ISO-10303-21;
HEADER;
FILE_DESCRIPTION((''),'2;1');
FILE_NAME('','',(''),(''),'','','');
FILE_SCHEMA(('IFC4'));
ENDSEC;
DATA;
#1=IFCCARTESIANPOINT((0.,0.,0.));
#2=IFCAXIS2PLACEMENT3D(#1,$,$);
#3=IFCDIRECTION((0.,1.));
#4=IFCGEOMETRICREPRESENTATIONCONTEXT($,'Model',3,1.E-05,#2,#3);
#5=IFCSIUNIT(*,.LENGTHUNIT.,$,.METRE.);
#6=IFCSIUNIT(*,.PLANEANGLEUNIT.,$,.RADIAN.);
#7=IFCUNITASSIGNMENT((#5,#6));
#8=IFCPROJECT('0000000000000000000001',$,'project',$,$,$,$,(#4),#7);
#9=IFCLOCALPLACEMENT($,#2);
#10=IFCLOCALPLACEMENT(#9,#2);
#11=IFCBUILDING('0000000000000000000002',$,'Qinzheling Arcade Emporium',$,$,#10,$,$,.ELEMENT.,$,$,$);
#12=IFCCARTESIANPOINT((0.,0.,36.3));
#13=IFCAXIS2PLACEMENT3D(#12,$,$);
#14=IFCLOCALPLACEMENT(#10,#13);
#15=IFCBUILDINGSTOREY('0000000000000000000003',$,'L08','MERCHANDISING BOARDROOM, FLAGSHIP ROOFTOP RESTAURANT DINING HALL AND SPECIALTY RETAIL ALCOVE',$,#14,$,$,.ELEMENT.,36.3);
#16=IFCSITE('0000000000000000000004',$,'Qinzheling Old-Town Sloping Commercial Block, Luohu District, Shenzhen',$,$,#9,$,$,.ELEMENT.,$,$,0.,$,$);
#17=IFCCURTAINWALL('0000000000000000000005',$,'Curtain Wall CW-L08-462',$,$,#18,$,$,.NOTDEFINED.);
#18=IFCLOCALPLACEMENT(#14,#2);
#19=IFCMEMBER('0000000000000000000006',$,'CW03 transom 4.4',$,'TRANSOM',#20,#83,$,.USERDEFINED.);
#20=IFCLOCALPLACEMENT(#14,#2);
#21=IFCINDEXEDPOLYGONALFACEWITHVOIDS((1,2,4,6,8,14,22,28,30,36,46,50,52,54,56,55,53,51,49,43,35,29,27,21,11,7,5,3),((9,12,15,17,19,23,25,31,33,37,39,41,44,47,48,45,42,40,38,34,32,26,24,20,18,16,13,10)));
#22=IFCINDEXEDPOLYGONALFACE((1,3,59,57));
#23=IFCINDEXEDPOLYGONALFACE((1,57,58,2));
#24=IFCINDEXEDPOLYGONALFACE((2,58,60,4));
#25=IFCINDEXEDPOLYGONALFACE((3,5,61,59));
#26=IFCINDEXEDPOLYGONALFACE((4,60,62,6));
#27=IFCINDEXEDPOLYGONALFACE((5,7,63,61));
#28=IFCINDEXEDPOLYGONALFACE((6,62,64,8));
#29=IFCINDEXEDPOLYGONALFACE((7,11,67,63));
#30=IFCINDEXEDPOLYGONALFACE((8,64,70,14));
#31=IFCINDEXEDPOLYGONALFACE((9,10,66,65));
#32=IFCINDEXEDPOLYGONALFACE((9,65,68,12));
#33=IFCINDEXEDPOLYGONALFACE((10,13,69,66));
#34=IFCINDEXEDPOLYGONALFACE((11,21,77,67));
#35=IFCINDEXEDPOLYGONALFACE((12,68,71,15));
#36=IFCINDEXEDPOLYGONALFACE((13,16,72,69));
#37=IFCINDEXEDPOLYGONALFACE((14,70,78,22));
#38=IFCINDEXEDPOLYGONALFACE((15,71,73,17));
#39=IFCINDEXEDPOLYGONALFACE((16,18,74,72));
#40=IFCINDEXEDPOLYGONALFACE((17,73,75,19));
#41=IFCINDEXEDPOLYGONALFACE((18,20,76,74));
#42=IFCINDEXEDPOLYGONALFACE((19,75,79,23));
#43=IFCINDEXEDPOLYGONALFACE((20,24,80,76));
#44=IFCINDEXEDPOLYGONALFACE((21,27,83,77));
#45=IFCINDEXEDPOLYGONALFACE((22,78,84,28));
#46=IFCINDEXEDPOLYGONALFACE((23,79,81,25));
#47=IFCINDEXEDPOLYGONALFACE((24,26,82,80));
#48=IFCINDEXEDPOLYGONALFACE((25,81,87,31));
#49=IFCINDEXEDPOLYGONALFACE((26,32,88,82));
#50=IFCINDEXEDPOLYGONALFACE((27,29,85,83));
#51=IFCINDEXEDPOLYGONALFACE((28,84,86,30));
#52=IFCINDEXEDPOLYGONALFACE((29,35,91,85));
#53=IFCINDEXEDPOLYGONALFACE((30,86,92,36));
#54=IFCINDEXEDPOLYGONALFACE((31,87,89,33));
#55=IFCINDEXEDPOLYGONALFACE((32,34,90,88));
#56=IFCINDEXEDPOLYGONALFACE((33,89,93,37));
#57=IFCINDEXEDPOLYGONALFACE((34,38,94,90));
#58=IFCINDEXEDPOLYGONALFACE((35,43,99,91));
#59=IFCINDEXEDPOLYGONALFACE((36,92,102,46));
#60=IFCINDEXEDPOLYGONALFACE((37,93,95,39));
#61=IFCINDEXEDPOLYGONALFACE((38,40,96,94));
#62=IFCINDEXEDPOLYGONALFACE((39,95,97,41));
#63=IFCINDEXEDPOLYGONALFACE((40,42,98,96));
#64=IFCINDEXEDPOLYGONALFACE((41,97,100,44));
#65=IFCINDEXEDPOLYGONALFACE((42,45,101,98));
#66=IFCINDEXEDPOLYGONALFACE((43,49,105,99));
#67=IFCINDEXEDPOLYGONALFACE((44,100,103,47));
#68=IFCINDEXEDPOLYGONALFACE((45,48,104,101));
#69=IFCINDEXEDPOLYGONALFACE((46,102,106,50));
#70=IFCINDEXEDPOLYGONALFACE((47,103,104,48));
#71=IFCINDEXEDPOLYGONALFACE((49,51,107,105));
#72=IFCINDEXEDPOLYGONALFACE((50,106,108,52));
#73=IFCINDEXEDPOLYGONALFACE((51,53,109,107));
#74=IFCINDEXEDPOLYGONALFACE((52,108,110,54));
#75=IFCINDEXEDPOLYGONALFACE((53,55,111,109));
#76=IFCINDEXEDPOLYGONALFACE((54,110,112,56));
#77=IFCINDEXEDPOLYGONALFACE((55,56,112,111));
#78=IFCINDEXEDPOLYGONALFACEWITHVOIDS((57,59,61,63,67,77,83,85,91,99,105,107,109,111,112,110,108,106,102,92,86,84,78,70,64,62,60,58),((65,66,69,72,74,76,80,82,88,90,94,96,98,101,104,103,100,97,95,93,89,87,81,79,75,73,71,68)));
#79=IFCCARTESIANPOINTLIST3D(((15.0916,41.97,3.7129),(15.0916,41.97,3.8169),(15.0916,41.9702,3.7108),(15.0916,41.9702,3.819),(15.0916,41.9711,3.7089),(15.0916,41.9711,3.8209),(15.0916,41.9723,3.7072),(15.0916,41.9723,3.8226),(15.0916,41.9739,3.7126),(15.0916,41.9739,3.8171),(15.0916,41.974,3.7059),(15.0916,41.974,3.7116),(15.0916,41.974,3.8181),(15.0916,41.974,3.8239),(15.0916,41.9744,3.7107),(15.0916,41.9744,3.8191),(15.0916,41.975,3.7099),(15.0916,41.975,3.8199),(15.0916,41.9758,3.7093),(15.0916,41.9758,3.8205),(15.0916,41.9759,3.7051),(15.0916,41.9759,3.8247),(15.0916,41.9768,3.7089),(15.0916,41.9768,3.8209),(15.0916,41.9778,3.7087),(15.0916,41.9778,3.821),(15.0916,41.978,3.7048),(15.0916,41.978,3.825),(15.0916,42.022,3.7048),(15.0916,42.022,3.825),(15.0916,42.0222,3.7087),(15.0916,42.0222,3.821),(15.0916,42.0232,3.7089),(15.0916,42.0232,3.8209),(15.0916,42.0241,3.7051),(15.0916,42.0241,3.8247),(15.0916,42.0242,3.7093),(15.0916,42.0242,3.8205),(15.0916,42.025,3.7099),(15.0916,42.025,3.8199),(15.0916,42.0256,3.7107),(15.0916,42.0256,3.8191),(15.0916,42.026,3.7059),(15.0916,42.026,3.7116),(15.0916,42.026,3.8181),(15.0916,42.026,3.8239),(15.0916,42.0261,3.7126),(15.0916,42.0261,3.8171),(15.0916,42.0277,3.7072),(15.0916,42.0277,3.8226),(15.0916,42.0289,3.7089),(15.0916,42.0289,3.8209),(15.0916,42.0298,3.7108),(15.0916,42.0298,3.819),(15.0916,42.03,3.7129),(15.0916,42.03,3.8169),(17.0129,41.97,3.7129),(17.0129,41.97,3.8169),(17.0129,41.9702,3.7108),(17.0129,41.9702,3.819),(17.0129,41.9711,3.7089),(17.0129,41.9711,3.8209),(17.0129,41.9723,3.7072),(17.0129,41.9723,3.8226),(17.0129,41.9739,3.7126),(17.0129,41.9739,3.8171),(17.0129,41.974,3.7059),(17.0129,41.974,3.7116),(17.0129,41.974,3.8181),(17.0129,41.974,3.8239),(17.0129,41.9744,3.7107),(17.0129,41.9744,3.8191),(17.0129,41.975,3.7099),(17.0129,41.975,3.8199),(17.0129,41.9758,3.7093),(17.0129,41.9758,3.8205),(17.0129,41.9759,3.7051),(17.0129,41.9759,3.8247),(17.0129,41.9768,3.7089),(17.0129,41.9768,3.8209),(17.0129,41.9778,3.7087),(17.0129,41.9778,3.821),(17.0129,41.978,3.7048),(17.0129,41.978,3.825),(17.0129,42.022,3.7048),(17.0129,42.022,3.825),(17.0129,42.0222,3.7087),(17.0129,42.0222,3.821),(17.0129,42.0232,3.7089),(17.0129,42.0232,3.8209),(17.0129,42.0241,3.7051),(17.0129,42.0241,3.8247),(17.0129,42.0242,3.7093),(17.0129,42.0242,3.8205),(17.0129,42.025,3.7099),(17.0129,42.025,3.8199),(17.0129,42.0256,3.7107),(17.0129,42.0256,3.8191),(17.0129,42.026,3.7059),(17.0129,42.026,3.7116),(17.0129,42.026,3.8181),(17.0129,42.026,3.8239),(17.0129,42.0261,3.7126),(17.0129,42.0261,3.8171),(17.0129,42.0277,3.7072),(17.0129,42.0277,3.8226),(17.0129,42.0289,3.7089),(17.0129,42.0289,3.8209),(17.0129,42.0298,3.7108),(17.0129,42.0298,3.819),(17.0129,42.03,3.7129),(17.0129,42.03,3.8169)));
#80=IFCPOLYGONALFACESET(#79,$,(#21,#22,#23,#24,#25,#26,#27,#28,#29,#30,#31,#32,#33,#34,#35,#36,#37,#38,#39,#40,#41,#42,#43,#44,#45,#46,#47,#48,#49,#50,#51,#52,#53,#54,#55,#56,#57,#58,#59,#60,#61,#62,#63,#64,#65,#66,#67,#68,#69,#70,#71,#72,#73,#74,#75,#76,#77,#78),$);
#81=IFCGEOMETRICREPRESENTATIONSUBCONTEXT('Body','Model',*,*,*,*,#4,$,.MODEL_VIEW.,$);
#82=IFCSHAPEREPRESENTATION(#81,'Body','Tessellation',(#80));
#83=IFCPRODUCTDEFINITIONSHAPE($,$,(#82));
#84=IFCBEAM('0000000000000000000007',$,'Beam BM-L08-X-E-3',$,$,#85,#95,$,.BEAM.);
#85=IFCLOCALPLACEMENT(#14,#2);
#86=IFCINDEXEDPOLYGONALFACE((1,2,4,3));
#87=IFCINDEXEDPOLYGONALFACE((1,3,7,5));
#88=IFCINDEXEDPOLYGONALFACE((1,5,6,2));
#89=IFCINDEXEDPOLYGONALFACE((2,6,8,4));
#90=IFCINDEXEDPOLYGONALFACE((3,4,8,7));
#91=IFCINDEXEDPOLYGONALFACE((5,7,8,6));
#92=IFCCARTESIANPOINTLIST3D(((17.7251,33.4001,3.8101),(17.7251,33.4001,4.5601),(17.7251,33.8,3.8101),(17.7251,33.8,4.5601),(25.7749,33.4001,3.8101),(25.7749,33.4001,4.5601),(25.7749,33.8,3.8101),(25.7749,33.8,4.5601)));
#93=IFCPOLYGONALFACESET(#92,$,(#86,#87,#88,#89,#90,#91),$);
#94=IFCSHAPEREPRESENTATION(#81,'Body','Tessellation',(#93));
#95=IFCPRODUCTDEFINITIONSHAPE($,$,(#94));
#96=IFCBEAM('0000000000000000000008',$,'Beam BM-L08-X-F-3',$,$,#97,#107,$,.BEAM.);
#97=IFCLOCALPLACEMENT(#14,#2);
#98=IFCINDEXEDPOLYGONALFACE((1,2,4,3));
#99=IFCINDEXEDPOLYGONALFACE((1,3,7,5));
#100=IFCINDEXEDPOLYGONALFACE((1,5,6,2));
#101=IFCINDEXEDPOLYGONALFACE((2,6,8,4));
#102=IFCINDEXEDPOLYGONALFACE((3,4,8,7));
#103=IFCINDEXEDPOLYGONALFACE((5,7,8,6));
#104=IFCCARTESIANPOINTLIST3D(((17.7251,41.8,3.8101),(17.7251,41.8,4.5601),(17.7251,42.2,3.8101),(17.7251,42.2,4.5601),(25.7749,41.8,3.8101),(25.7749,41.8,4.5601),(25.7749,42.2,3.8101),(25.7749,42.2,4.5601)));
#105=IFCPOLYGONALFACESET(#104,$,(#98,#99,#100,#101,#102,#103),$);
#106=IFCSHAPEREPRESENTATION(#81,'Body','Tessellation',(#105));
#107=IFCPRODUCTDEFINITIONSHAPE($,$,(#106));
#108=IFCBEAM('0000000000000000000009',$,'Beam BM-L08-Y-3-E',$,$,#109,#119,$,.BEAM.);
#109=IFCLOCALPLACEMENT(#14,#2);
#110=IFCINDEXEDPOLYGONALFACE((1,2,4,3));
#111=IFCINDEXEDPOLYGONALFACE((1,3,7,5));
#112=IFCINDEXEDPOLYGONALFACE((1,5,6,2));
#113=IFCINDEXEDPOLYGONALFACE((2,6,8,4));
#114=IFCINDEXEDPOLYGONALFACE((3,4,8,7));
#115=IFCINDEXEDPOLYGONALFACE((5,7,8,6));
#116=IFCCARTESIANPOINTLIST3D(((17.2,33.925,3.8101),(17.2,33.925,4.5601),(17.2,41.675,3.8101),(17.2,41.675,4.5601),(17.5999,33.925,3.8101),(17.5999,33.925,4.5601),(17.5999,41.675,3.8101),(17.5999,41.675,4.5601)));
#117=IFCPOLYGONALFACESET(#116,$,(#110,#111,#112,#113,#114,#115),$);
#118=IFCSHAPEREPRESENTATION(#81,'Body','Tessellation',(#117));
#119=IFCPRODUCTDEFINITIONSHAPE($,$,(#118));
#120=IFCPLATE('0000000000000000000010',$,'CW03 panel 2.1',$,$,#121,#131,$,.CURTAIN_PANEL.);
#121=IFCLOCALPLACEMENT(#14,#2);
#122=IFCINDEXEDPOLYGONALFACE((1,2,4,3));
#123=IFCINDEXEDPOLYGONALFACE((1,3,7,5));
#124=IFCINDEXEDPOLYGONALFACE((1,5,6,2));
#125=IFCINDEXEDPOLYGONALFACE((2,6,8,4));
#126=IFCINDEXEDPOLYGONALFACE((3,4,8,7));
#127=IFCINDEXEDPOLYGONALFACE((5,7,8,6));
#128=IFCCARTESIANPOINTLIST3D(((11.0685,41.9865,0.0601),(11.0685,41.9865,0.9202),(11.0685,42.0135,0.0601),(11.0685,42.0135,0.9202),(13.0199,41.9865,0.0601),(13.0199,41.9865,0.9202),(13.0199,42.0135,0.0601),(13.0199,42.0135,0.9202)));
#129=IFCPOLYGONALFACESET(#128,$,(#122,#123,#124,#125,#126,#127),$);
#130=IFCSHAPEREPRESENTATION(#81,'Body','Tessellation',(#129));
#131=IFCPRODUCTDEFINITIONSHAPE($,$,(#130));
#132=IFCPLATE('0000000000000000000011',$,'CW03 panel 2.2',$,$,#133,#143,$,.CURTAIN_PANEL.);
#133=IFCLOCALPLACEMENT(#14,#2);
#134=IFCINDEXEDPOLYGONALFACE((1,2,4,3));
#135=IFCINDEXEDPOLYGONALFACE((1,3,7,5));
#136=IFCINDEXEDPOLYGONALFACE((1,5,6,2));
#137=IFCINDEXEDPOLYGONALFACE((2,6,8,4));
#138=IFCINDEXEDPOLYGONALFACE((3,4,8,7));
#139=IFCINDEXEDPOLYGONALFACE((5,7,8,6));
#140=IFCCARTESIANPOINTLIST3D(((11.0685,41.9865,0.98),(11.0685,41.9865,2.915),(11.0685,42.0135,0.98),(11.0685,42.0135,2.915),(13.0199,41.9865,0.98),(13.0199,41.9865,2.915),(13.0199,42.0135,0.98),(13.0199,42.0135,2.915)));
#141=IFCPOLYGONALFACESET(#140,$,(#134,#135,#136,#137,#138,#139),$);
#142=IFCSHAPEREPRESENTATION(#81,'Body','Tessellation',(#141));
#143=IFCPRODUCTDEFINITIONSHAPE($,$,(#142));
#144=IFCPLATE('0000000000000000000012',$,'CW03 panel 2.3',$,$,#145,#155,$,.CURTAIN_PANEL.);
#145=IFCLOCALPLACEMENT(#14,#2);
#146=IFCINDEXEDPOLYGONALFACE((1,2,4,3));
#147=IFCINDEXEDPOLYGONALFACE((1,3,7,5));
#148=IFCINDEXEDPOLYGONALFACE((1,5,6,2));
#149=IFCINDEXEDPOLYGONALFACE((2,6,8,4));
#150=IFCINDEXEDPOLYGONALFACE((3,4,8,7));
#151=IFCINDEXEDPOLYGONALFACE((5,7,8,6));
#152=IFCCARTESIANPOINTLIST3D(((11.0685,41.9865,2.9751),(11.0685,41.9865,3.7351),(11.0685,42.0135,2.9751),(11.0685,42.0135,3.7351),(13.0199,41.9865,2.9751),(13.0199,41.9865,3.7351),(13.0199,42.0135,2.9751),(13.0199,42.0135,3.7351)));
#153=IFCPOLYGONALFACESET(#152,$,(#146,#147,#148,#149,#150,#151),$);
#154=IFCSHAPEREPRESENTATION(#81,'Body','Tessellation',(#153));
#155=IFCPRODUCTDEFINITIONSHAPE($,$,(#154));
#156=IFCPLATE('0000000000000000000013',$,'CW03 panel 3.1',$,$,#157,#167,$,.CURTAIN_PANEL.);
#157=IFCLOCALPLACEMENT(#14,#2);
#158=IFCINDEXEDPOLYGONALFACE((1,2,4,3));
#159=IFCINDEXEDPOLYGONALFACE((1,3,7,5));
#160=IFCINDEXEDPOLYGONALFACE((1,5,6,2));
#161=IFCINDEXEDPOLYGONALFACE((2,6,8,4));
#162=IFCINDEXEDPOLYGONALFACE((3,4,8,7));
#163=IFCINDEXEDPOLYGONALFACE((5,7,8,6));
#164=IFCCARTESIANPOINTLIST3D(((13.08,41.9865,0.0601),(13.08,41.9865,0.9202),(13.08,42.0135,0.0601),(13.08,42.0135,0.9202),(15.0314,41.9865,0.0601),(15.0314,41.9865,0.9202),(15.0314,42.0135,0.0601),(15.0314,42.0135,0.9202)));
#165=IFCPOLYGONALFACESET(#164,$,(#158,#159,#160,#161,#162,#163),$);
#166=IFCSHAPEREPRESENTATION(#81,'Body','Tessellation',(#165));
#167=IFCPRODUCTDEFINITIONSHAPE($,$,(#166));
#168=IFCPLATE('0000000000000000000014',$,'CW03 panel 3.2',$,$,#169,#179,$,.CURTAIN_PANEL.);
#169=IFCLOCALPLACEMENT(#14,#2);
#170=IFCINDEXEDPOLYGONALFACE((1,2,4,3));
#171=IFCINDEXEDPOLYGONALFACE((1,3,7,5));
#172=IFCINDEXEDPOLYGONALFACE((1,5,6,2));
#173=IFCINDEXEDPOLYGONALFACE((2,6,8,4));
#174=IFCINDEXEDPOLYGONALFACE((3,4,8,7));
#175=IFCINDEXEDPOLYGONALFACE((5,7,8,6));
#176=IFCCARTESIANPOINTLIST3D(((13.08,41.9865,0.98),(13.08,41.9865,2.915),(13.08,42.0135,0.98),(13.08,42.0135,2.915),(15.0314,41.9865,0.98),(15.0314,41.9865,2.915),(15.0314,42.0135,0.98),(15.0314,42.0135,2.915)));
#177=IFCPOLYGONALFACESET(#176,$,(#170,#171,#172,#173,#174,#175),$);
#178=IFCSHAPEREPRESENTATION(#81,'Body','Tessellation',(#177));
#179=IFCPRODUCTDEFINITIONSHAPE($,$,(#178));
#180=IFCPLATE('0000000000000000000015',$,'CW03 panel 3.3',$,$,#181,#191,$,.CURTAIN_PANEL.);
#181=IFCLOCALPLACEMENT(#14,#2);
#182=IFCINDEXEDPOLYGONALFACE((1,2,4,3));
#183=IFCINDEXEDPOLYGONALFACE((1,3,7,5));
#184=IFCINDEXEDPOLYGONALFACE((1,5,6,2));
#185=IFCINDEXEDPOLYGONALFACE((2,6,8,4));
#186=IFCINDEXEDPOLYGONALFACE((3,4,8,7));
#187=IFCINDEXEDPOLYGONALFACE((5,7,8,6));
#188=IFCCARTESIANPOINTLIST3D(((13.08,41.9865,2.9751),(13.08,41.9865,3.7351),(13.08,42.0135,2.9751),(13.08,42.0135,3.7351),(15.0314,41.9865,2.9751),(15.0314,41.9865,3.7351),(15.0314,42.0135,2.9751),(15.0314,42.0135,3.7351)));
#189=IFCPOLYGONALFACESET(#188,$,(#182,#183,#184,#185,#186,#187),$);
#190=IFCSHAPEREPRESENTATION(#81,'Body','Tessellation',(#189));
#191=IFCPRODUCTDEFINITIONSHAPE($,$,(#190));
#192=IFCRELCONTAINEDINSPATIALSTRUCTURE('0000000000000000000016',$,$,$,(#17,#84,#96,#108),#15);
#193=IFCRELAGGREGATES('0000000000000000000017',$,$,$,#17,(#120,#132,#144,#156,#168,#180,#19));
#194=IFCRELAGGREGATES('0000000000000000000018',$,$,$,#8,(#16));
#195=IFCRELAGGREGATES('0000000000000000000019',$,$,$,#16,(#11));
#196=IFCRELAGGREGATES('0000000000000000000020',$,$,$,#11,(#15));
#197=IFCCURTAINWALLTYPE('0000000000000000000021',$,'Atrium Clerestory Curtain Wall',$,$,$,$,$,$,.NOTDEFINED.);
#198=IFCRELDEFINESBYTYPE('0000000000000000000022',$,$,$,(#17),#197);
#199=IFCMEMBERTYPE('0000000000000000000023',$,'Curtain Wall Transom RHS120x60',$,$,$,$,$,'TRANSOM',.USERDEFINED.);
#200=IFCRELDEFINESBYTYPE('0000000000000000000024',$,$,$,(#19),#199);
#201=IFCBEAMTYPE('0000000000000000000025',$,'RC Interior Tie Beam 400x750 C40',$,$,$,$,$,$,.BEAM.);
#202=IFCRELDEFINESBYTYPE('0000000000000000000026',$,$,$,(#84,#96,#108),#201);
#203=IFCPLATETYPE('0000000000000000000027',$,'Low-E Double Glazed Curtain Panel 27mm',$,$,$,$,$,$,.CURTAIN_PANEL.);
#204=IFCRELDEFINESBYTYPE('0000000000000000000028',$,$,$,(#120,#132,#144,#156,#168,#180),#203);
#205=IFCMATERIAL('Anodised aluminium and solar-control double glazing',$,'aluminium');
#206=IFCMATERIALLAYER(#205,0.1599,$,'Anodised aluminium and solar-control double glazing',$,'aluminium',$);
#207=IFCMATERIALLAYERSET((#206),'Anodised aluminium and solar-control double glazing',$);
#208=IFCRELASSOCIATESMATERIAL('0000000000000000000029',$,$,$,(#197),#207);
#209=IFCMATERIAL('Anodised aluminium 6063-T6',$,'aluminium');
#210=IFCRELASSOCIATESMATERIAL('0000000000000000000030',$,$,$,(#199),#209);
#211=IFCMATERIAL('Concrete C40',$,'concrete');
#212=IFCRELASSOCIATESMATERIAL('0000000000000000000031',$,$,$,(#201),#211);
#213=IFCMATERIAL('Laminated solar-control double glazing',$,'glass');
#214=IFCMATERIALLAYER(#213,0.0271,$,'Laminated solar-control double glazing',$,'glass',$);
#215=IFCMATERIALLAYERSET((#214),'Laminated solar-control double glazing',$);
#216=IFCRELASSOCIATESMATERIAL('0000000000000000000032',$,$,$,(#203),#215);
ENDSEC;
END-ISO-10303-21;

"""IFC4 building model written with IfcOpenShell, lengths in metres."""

from ifc_helpers import new_model, si_unit, direction, frame, origin, origin_2d, place, context, subcontext, project, spatial, rectangle, hollow_rectangle, extrude, material, layer, layer_set, material_profile, profile_set, type_object, element, aggregate, save


model = new_model("IFC4")

# Units and contexts
model_context = context("Model", 3, precision=1e-05, world=origin(), true_north=direction((0.0, 1.0)))
body_context = subcontext(model_context, "Body", "Model", "MODEL_VIEW")
ifc_project = project(units=[si_unit("LENGTHUNIT", "METRE"), si_unit("PLANEANGLEUNIT", "RADIAN")], contexts=[model_context])

# Site, building, storey
site_placement = place(None, origin())
site = spatial("IfcSite", under=ifc_project, at=site_placement, Name="Qinzheling Old-Town Sloping Commercial Block, Luohu District, Shenzhen", CompositionType="ELEMENT", RefElevation=0.0)
building_placement = place(site_placement, origin())
building = spatial("IfcBuilding", under=site, at=building_placement, Name="Qinzheling Arcade Emporium", CompositionType="ELEMENT")
storey_placement = place(building_placement, frame((0.0, 0.0, 36.3)))
storey = spatial("IfcBuildingStorey", under=building, at=storey_placement, Name="L08", Description="MERCHANDISING BOARDROOM, FLAGSHIP ROOFTOP RESTAURANT DINING HALL AND SPECIALTY RETAIL ALCOVE", CompositionType="ELEMENT", Elevation=36.3)

# Shared definitions
ifc_material_1 = material(Name="Concrete C40", Category="concrete")

# Curtain wall, member
ifc_material_2 = material(Name="Anodised aluminium and solar-control double glazing", Category="aluminium")
ifc_layer_1 = layer(ifc_material_2, 0.1599, Name="Anodised aluminium and solar-control double glazing", Category="aluminium")
ifc_layer_set_1 = layer_set([ifc_layer_1], Name="Anodised aluminium and solar-control double glazing")
curtain_wall_type = type_object("IfcCurtainWallType", Name="Atrium Clerestory Curtain Wall", PredefinedType="NOTDEFINED", material=ifc_layer_set_1)
curtain_wall_placement = place(storey_placement, origin())
curtain_wall = element("IfcCurtainWall", 1, at=curtain_wall_placement, inside=storey, type_object=curtain_wall_type, Name="Curtain Wall CW-L08-462", PredefinedType="NOTDEFINED")
ifc_material_3 = material(Name="Anodised aluminium 6063-T6", Category="aluminium")
ifc_material_profile_1 = material_profile(ifc_material_3, hollow_rectangle(XDim=0.0601, YDim=0.1201, WallThickness=0.0039, InnerFilletRadius=0.0039, OuterFilletRadius=0.0081, at=origin_2d()), Name="RHS 120x60x4", Category="aluminium")
ifc_profile_set_1 = profile_set([ifc_material_profile_1], Name="Anodised aluminium 6063-T6")
member_type_1 = type_object("IfcMemberType", Name="Curtain Wall Transom RHS120x60", ElementType="TRANSOM", PredefinedType="USERDEFINED", material=ifc_profile_set_1)
member_1_placement = place(storey_placement, frame((15.0916, 42.0, 3.7649), z_axis=(1.0, 0.0, 0.0), x_axis=(0.0, 1.0, 0.0)))
member_1 = element("IfcMember", 2, at=member_1_placement, type_object=member_type_1, Name="CW03 transom 4.4", ObjectType="TRANSOM", PredefinedType="USERDEFINED", context=body_context, shape_type="SweptSolid", body=[
    extrude(hollow_rectangle(XDim=0.0601, YDim=0.1201, WallThickness=0.0039, InnerFilletRadius=0.0039, OuterFilletRadius=0.0081, at=origin_2d()), origin(), (0.0, 0.0, 1.0), 1.9214),
])

# Beams
ifc_material_profile_2 = material_profile(ifc_material_1, rectangle(XDim=0.3999, YDim=0.75, at=origin_2d()), Name="RC 400x750", Category="concrete")
ifc_profile_set_2 = profile_set([ifc_material_profile_2], Name="Concrete C40")
beam_type = type_object("IfcBeamType", Name="RC Interior Tie Beam 400x750 C40", PredefinedType="BEAM", material=ifc_profile_set_2)
for number, where, z_axis, x_axis, name in (
    (3, (17.7251, 33.6001, 4.1851), (1.0, 0.0, 0.0), (0.0, 1.0, 0.0), "Beam BM-L08-X-E-3"),
    (4, (17.7251, 42.0, 4.1851), (1.0, 0.0, 0.0), (0.0, 1.0, 0.0), "Beam BM-L08-X-F-3"),
):
    element("IfcBeam", number, at=place(storey_placement, frame(where, z_axis=z_axis, x_axis=x_axis)), inside=storey, type_object=beam_type, Name=name, PredefinedType="BEAM", context=body_context, shape_type="SweptSolid", body=[
        extrude(rectangle(XDim=0.3999, YDim=0.75, at=origin_2d()), origin(), (0.0, 0.0, 1.0), 8.0498),
    ])
beam_placement = place(storey_placement, frame((17.3999, 33.925, 4.1851), z_axis=(0.0, 1.0, 0.0), x_axis=(-1.0, 0.0, 0.0)))
element("IfcBeam", 5, at=beam_placement, inside=storey, type_object=beam_type, Name="Beam BM-L08-Y-3-E", PredefinedType="BEAM", context=body_context, shape_type="SweptSolid", body=[
    extrude(rectangle(XDim=0.3999, YDim=0.75, at=origin_2d()), origin(), (0.0, 0.0, 1.0), 7.75),
])

# Plates
ifc_material_4 = material(Name="Laminated solar-control double glazing", Category="glass")
ifc_layer_2 = layer(ifc_material_4, 0.0271, Name="Laminated solar-control double glazing", Category="glass")
ifc_layer_set_2 = layer_set([ifc_layer_2], Name="Laminated solar-control double glazing")
plate_type = type_object("IfcPlateType", Name="Low-E Double Glazed Curtain Panel 27mm", PredefinedType="CURTAIN_PANEL", material=ifc_layer_set_2)
plate_1_placement = place(storey_placement, frame((12.0442, 42.0, 0.0601), z_axis=(0.0, 0.0, 1.0), x_axis=(1.0, 0.0, 0.0)))
plate_1 = element("IfcPlate", 6, at=plate_1_placement, type_object=plate_type, Name="CW03 panel 2.1", PredefinedType="CURTAIN_PANEL", context=body_context, shape_type="SweptSolid", body=[
    extrude(rectangle(XDim=1.9514, YDim=0.0271, at=origin_2d()), origin(), (0.0, 0.0, 1.0), 0.8601),
])
plate_2_placement = place(storey_placement, frame((12.0442, 42.0, 0.98), z_axis=(0.0, 0.0, 1.0), x_axis=(1.0, 0.0, 0.0)))
plate_2 = element("IfcPlate", 7, at=plate_2_placement, type_object=plate_type, Name="CW03 panel 2.2", PredefinedType="CURTAIN_PANEL", context=body_context, shape_type="SweptSolid", body=[
    extrude(rectangle(XDim=1.9514, YDim=0.0271, at=origin_2d()), origin(), (0.0, 0.0, 1.0), 1.9351),
])
plate_3_placement = place(storey_placement, frame((12.0442, 42.0, 2.9751), z_axis=(0.0, 0.0, 1.0), x_axis=(1.0, 0.0, 0.0)))
plate_3 = element("IfcPlate", 8, at=plate_3_placement, type_object=plate_type, Name="CW03 panel 2.3", PredefinedType="CURTAIN_PANEL", context=body_context, shape_type="SweptSolid", body=[
    extrude(rectangle(XDim=1.9514, YDim=0.0271, at=origin_2d()), origin(), (0.0, 0.0, 1.0), 0.76),
])
plate_4_placement = place(storey_placement, frame((14.0557, 42.0, 0.0601), z_axis=(0.0, 0.0, 1.0), x_axis=(1.0, 0.0, 0.0)))
plate_4 = element("IfcPlate", 9, at=plate_4_placement, type_object=plate_type, Name="CW03 panel 3.1", PredefinedType="CURTAIN_PANEL", context=body_context, shape_type="SweptSolid", body=[
    extrude(rectangle(XDim=1.9514, YDim=0.0271, at=origin_2d()), origin(), (0.0, 0.0, 1.0), 0.8601),
])
plate_5_placement = place(storey_placement, frame((14.0557, 42.0, 0.98), z_axis=(0.0, 0.0, 1.0), x_axis=(1.0, 0.0, 0.0)))
plate_5 = element("IfcPlate", 10, at=plate_5_placement, type_object=plate_type, Name="CW03 panel 3.2", PredefinedType="CURTAIN_PANEL", context=body_context, shape_type="SweptSolid", body=[
    extrude(rectangle(XDim=1.9514, YDim=0.0271, at=origin_2d()), origin(), (0.0, 0.0, 1.0), 1.9351),
])
plate_6_placement = place(storey_placement, frame((14.0557, 42.0, 2.9751), z_axis=(0.0, 0.0, 1.0), x_axis=(1.0, 0.0, 0.0)))
plate_6 = element("IfcPlate", 11, at=plate_6_placement, type_object=plate_type, Name="CW03 panel 3.3", PredefinedType="CURTAIN_PANEL", context=body_context, shape_type="SweptSolid", body=[
    extrude(rectangle(XDim=1.9514, YDim=0.0271, at=origin_2d()), origin(), (0.0, 0.0, 1.0), 0.76),
])
aggregate(curtain_wall, [plate_1, plate_2, plate_3, plate_4, plate_5, plate_6, member_1])

save(model, "model.ifc")
